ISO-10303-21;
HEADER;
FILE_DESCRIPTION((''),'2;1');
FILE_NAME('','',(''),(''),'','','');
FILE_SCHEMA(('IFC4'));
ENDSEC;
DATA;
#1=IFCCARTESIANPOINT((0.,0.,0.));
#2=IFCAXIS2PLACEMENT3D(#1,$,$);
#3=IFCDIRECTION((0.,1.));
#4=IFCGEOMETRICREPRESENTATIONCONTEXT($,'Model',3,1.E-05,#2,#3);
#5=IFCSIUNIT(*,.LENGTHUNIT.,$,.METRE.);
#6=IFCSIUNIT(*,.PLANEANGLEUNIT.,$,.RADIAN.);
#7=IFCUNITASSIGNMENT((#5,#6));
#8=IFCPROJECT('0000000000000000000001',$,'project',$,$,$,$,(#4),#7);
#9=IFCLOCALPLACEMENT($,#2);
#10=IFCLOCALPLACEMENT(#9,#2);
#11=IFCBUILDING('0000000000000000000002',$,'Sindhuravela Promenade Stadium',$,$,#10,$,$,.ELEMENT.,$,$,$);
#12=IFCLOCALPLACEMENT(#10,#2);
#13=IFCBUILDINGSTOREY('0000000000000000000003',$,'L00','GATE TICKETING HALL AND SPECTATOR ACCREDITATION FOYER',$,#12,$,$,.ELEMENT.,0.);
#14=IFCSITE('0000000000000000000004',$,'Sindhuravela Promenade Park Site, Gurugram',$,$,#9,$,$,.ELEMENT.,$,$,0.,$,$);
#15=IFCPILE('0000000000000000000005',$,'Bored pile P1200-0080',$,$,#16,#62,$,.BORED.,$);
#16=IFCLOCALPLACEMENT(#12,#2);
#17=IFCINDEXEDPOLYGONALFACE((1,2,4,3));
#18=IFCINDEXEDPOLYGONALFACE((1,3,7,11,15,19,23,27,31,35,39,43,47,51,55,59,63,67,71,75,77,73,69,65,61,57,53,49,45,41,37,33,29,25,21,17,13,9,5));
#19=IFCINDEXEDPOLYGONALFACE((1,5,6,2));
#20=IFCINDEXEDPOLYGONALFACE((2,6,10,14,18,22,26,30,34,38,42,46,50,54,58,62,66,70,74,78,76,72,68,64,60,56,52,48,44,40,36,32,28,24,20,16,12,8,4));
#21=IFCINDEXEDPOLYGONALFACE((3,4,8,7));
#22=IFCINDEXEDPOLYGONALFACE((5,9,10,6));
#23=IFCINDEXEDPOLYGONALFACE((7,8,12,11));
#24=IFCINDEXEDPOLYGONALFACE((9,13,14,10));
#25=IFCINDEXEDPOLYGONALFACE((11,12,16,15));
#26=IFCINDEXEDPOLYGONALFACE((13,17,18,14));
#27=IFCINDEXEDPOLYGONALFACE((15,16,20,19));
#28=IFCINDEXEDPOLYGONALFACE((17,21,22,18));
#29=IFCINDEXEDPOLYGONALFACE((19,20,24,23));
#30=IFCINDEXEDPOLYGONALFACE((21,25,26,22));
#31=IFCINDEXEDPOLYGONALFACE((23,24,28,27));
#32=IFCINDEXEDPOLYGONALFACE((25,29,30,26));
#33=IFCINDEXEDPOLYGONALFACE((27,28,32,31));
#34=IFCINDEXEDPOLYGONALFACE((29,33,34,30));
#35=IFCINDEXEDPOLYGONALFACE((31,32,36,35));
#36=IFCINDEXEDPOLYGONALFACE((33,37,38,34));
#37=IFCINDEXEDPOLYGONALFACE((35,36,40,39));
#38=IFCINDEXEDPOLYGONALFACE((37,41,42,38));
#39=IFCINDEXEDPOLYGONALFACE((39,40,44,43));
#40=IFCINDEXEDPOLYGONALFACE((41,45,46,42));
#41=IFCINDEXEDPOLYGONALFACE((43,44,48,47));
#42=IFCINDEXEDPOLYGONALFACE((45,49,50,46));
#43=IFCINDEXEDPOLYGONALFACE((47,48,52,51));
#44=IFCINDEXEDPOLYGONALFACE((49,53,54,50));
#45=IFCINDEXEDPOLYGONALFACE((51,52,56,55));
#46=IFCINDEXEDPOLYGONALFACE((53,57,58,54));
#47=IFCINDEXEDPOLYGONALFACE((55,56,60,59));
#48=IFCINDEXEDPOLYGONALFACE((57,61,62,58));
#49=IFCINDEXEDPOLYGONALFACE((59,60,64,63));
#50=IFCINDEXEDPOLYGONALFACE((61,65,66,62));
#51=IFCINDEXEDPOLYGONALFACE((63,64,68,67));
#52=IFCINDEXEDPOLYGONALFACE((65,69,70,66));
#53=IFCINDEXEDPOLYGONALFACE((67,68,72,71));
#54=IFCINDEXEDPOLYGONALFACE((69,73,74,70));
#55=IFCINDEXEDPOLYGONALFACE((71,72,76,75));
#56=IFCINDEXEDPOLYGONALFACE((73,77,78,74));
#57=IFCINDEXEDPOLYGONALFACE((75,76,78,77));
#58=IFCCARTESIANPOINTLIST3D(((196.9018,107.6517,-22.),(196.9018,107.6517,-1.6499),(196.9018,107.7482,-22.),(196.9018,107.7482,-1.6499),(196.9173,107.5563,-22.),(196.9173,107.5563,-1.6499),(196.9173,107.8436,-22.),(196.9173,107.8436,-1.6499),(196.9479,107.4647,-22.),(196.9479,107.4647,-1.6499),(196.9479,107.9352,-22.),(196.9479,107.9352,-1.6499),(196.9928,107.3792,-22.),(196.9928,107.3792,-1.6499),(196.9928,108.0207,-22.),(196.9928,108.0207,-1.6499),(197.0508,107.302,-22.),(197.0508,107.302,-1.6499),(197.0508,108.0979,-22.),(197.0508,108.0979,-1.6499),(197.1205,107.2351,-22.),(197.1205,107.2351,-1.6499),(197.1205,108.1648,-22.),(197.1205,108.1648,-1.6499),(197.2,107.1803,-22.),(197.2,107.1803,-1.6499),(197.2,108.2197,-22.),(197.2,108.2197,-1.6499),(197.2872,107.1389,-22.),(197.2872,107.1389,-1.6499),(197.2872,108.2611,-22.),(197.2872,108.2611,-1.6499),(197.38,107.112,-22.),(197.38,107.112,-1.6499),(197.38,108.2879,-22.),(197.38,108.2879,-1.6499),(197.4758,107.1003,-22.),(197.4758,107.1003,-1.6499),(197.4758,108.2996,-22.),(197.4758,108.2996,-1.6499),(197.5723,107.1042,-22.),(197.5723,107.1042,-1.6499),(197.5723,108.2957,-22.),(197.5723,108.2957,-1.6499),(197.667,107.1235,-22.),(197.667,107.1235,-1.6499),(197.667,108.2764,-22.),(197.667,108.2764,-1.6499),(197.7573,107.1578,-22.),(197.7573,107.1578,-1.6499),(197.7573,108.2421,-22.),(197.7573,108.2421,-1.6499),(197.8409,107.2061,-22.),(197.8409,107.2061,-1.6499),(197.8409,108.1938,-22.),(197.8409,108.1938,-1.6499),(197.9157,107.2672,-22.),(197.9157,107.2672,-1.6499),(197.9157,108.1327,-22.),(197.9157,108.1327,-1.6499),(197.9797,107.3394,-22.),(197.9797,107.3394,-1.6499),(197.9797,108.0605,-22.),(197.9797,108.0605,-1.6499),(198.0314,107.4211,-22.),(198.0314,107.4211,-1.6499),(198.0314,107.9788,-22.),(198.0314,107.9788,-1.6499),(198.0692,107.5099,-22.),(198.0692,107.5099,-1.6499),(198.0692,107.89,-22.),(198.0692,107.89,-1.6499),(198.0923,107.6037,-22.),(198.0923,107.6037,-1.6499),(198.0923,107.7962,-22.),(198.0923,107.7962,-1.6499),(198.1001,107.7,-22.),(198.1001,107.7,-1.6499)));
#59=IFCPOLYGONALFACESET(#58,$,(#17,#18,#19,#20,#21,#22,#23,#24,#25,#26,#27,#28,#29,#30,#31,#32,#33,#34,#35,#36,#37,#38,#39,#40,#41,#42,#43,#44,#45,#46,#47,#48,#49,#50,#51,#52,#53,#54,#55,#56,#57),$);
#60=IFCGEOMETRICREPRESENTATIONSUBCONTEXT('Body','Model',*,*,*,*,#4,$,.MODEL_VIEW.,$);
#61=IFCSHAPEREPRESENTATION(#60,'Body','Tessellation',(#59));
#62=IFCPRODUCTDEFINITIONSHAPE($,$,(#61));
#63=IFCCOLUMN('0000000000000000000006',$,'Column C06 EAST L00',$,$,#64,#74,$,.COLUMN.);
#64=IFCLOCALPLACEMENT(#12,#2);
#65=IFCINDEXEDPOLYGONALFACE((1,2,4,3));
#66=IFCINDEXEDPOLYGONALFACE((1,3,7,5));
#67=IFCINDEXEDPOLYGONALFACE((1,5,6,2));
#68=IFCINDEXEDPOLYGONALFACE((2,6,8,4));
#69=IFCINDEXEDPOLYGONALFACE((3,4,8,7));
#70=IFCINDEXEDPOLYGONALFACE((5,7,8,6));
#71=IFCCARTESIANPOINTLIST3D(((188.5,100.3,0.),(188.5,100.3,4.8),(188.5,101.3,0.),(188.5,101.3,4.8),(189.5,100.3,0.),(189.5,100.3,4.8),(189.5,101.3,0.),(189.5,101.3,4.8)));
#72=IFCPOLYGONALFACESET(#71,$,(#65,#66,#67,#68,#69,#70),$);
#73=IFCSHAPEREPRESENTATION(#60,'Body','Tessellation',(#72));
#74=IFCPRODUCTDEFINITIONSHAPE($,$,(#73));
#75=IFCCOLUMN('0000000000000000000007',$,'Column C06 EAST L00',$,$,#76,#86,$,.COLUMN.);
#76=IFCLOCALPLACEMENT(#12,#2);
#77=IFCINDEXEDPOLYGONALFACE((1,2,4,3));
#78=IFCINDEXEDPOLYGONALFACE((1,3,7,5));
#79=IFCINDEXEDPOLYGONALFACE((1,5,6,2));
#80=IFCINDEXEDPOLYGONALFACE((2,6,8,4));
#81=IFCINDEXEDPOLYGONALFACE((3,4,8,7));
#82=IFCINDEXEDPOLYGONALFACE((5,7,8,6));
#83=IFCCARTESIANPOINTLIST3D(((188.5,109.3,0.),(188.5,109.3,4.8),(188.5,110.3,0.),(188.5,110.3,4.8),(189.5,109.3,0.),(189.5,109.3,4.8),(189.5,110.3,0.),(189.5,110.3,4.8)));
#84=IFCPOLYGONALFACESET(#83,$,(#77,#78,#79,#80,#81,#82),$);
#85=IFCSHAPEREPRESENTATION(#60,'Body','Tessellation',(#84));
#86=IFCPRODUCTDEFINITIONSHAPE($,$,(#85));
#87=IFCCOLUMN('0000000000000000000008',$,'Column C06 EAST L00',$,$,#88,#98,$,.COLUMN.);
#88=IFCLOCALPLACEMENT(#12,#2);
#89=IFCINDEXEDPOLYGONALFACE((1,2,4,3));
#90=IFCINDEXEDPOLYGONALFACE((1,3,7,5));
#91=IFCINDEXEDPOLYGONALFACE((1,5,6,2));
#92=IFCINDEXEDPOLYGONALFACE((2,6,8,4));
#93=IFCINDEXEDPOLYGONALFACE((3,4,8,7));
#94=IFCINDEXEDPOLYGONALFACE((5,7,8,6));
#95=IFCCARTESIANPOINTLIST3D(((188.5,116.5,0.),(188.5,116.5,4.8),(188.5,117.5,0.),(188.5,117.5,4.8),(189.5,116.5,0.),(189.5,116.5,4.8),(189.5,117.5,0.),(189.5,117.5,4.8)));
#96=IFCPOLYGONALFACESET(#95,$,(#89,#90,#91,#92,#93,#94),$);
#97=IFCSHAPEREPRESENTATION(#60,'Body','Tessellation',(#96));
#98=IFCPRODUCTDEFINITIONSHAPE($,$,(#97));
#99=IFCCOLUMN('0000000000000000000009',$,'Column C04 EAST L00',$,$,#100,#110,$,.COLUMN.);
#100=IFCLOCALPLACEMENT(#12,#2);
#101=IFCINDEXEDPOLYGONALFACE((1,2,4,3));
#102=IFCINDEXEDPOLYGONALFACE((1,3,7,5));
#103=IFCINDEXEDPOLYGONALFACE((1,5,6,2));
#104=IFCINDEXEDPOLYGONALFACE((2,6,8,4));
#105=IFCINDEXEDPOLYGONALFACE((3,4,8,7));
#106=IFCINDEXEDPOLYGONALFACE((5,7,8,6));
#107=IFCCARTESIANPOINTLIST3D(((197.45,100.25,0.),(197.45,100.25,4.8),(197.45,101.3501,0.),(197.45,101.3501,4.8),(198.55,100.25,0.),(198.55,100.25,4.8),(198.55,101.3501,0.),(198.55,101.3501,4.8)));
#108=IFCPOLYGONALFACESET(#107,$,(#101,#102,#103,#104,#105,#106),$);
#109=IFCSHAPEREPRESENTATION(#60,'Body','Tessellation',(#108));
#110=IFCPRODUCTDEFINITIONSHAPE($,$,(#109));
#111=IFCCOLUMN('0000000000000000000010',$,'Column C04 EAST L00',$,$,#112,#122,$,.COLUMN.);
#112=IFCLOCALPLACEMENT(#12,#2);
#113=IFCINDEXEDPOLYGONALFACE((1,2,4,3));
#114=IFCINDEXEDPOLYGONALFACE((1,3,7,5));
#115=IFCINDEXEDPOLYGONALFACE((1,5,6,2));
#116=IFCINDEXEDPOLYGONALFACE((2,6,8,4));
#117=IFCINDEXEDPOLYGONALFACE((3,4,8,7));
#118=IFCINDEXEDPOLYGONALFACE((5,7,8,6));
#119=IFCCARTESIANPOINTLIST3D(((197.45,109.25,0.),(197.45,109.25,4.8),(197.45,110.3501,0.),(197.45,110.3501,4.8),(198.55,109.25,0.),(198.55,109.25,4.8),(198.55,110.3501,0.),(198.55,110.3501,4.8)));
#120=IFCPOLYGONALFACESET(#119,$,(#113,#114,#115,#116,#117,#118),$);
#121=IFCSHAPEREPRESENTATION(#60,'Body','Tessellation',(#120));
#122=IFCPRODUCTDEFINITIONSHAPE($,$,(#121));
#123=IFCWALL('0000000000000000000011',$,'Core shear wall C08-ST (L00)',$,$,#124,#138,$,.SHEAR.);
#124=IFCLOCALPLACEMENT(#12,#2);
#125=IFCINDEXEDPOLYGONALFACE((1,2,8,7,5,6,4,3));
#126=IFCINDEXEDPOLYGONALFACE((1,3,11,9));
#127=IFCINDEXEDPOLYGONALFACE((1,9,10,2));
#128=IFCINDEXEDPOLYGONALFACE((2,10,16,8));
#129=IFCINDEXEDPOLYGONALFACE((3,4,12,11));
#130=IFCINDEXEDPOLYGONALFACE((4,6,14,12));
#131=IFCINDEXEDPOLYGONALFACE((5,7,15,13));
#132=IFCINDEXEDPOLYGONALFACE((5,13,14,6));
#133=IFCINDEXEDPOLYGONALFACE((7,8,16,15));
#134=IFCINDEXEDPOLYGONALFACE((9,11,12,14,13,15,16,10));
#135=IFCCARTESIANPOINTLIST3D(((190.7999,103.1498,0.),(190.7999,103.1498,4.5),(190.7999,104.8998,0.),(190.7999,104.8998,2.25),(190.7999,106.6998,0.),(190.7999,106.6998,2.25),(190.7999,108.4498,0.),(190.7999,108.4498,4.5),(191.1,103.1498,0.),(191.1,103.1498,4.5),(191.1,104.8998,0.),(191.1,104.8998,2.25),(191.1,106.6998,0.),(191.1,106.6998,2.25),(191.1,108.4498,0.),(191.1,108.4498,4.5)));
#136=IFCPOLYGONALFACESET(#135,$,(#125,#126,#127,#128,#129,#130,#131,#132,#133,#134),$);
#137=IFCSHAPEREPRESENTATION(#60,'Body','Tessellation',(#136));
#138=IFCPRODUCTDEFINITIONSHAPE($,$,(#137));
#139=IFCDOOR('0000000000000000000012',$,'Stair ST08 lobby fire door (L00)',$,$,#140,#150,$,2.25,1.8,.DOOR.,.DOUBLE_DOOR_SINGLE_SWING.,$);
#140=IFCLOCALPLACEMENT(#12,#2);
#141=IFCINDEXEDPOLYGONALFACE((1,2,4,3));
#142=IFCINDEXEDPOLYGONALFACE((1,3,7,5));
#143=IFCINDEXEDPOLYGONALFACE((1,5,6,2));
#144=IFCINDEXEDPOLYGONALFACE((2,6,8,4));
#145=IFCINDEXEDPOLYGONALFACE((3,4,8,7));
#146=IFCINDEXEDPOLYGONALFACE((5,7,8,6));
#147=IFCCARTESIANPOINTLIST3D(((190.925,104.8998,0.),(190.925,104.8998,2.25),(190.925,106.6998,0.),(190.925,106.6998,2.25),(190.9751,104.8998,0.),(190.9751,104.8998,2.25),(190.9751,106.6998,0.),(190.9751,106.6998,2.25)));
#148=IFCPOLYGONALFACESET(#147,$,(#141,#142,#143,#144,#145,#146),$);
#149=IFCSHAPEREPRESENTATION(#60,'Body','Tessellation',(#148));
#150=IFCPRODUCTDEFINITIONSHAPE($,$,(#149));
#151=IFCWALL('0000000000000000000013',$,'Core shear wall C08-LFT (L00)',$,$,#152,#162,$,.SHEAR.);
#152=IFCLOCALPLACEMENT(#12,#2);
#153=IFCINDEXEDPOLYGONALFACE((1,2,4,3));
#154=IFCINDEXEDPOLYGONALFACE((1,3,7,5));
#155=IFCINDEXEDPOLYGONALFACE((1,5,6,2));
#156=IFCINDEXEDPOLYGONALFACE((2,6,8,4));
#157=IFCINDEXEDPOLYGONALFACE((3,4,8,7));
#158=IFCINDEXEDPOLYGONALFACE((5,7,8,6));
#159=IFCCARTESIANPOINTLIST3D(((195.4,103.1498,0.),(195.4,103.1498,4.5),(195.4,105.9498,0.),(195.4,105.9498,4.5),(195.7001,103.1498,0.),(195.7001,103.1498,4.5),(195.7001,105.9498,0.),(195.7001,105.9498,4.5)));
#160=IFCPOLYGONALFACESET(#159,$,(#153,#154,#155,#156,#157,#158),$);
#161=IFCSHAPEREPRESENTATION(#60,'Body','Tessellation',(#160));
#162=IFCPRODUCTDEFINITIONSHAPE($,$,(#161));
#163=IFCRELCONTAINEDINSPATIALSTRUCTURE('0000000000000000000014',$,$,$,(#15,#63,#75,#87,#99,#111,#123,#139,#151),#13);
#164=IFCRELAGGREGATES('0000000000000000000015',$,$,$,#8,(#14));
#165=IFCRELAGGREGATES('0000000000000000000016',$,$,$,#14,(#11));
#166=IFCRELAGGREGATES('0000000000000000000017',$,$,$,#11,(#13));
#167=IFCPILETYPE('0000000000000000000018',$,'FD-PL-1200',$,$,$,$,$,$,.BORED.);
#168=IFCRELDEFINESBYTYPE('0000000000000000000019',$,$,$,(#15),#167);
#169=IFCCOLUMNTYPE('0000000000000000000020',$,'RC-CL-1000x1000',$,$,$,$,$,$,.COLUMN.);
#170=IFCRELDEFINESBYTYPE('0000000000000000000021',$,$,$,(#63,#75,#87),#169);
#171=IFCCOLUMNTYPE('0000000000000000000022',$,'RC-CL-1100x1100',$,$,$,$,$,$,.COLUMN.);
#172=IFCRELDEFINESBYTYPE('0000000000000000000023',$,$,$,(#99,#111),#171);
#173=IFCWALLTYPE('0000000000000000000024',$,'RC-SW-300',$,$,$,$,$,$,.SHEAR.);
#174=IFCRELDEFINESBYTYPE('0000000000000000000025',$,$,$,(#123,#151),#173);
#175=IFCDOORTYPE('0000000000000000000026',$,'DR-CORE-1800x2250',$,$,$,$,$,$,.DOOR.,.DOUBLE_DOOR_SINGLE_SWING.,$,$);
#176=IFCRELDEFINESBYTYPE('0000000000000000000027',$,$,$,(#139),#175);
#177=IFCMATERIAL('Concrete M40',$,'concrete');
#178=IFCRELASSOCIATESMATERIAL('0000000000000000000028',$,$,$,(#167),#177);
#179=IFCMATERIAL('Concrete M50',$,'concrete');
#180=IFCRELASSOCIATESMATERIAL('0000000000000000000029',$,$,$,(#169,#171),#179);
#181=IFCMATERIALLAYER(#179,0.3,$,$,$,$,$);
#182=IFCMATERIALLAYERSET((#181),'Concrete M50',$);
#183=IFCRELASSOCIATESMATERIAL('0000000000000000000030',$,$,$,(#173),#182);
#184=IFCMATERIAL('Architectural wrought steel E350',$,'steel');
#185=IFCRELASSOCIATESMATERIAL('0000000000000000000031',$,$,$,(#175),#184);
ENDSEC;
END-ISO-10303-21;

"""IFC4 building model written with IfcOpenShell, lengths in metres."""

from ifc_helpers import new_model, si_unit, direction, frame, frame_2d, origin, origin_2d, place, context, subcontext, project, spatial, rectangle, circle, extrude, material, layer, layer_set, material_profile, profile_set, type_object, element, fill, save


model = new_model("IFC4")

# Units and contexts
model_context = context("Model", 3, precision=1e-05, world=origin(), true_north=direction((0.0, 1.0)))
body_context = subcontext(model_context, "Body", "Model", "MODEL_VIEW")
ifc_project = project(units=[si_unit("LENGTHUNIT", "METRE"), si_unit("PLANEANGLEUNIT", "RADIAN")], contexts=[model_context])

# Site, building, storey
site_placement = place(None, origin())
site = spatial("IfcSite", under=ifc_project, at=site_placement, Name="Sindhuravela Promenade Park Site, Gurugram", CompositionType="ELEMENT", RefElevation=0.0)
building_placement = place(site_placement, origin())
building = spatial("IfcBuilding", under=site, at=building_placement, Name="Sindhuravela Promenade Stadium", CompositionType="ELEMENT")
storey_placement = place(building_placement, origin())
storey = spatial("IfcBuildingStorey", under=building, at=storey_placement, Name="L00", Description="GATE TICKETING HALL AND SPECTATOR ACCREDITATION FOYER", CompositionType="ELEMENT", Elevation=0.0)

# Shared definitions
ifc_material_1 = material(Name="Concrete M50", Category="concrete")

# Pile
ifc_material_2 = material(Name="Concrete M40", Category="concrete")
ifc_material_profile_1 = material_profile(ifc_material_2, circle(Radius=0.6001, at=origin_2d()), Name="BORED PILE D1200")
ifc_profile_set_1 = profile_set([ifc_material_profile_1], Name="Concrete M40")
pile_type_1 = type_object("IfcPileType", Name="FD-PL-1200", PredefinedType="BORED", material=ifc_profile_set_1)
for number, where, z_axis, x_axis, name in (
    (1, (197.5, 107.7, -1.6499), (0.0, 0.0, -1.0), (1.0, 0.0, 0.0), "Bored pile P1200-0080"),
):
    element("IfcPile", number, at=place(storey_placement, frame(where, z_axis=z_axis, x_axis=x_axis)), inside=storey, type_object=pile_type_1, Name=name, PredefinedType="BORED", context=body_context, shape_type="SweptSolid", body=[
        extrude(circle(Radius=0.6001, at=origin_2d()), origin(), (0.0, 0.0, 1.0), 20.3501),
    ])

# Columns
ifc_material_profile_2 = material_profile(ifc_material_1, rectangle(XDim=1.0, YDim=1.0, at=origin_2d()), Name="RC 1000x1000")
ifc_profile_set_2 = profile_set([ifc_material_profile_2], Name="Concrete M50")
column_type_1 = type_object("IfcColumnType", Name="RC-CL-1000x1000", PredefinedType="COLUMN", material=ifc_profile_set_2)
for number, where, z_axis, x_axis, name in (
    (2, (189.0, 100.8, 0.0), (0.0, 0.0, 1.0), (1.0, 0.0, 0.0), "Column C06 EAST L00"),
    (3, (189.0, 109.8, 0.0), (0.0, 0.0, 1.0), (1.0, 0.0, 0.0), "Column C06 EAST L00"),
    (4, (189.0, 117.0, 0.0), (0.0, 0.0, 1.0), (1.0, 0.0, 0.0), "Column C06 EAST L00"),
):
    element("IfcColumn", number, at=place(storey_placement, frame(where, z_axis=z_axis, x_axis=x_axis)), inside=storey, type_object=column_type_1, Name=name, PredefinedType="COLUMN", context=body_context, shape_type="SweptSolid", body=[
        extrude(rectangle(XDim=1.0, YDim=1.0, at=origin_2d()), origin(), (0.0, 0.0, 1.0), 4.8),
    ])
ifc_material_profile_3 = material_profile(ifc_material_1, rectangle(XDim=1.1001, YDim=1.1001, at=origin_2d()), Name="RC 1100x1100")
ifc_profile_set_3 = profile_set([ifc_material_profile_3], Name="Concrete M50")
column_type_2 = type_object("IfcColumnType", Name="RC-CL-1100x1100", PredefinedType="COLUMN", material=ifc_profile_set_3)
for number, where, z_axis, x_axis, name in (
    (5, (198.0, 100.8, 0.0), (0.0, 0.0, 1.0), (1.0, 0.0, 0.0), "Column C04 EAST L00"),
    (6, (198.0, 109.8, 0.0), (0.0, 0.0, 1.0), (1.0, 0.0, 0.0), "Column C04 EAST L00"),
):
    element("IfcColumn", number, at=place(storey_placement, frame(where, z_axis=z_axis, x_axis=x_axis)), inside=storey, type_object=column_type_2, Name=name, PredefinedType="COLUMN", context=body_context, shape_type="SweptSolid", body=[
        extrude(rectangle(XDim=1.1001, YDim=1.1001, at=origin_2d()), origin(), (0.0, 0.0, 1.0), 4.8),
    ])

# Wall, opening, door
ifc_layer_1 = layer(ifc_material_1, 0.3)
ifc_layer_set_1 = layer_set([ifc_layer_1], Name="Concrete M50")
wall_type = type_object("IfcWallType", Name="RC-SW-300", PredefinedType="SHEAR", material=ifc_layer_set_1)
wall_1_placement = place(storey_placement, frame((190.95, 103.1499, 0.0), z_axis=(0.0, 0.0, 1.0), x_axis=(0.0, 1.0, 0.0)))
wall_1 = element("IfcWall", 7, at=wall_1_placement, inside=storey, type_object=wall_type, Name="Core shear wall C08-ST (L00)", PredefinedType="SHEAR", context=body_context, shape_type="SweptSolid", body=[
    extrude(rectangle(XDim=5.3, YDim=0.3, at=frame_2d((2.6499, 0.0))), origin(), (0.0, 0.0, 1.0), 4.5),
])
opening_1_placement = place(wall_1_placement, frame((1.75, 0.0, 0.0)))
opening_1 = element("IfcOpeningElement", 8, at=opening_1_placement, cuts=wall_1, PredefinedType="OPENING", context=body_context, shape_type="SweptSolid", body=[
    extrude(rectangle(XDim=1.8, YDim=2.25, at=frame_2d((0.8999, 1.125))), frame((0.0, 0.1599, 0.0), z_axis=(0.0, -1.0, 0.0), x_axis=(1.0, 0.0, 0.0)), (0.0, 0.0, 1.0), 0.3201),
])
ifc_material_3 = material(Name="Architectural wrought steel E350", Category="steel")
door_type_1 = type_object("IfcDoorType", Name="DR-CORE-1800x2250", OperationType="DOUBLE_DOOR_SINGLE_SWING", PredefinedType="DOOR", material=ifc_material_3)
door_1_placement = place(opening_1_placement, origin())
door_1 = element("IfcDoor", 9, at=door_1_placement, inside=storey, type_object=door_type_1, Name="Stair ST08 lobby fire door (L00)", OperationType="DOUBLE_DOOR_SINGLE_SWING", OverallHeight=2.25, OverallWidth=1.8, PredefinedType="DOOR", context=body_context, shape_type="SweptSolid", body=[
    extrude(rectangle(XDim=1.8, YDim=2.25, at=frame_2d((0.8999, 1.125))), frame((0.0, 0.0249, 0.0), z_axis=(0.0, -1.0, 0.0), x_axis=(1.0, 0.0, 0.0)), (0.0, 0.0, 1.0), 0.05),
])
fill(opening_1, door_1)

# Wall
wall_2_placement = place(storey_placement, frame((195.55, 103.1499, 0.0), z_axis=(0.0, 0.0, 1.0), x_axis=(0.0, 1.0, 0.0)))
element("IfcWall", 10, at=wall_2_placement, inside=storey, type_object=wall_type, Name="Core shear wall C08-LFT (L00)", PredefinedType="SHEAR", context=body_context, shape_type="SweptSolid", body=[
    extrude(rectangle(XDim=2.8, YDim=0.3, at=frame_2d((1.3999, 0.0))), origin(), (0.0, 0.0, 1.0), 4.5),
])

save(model, "model.ifc")
